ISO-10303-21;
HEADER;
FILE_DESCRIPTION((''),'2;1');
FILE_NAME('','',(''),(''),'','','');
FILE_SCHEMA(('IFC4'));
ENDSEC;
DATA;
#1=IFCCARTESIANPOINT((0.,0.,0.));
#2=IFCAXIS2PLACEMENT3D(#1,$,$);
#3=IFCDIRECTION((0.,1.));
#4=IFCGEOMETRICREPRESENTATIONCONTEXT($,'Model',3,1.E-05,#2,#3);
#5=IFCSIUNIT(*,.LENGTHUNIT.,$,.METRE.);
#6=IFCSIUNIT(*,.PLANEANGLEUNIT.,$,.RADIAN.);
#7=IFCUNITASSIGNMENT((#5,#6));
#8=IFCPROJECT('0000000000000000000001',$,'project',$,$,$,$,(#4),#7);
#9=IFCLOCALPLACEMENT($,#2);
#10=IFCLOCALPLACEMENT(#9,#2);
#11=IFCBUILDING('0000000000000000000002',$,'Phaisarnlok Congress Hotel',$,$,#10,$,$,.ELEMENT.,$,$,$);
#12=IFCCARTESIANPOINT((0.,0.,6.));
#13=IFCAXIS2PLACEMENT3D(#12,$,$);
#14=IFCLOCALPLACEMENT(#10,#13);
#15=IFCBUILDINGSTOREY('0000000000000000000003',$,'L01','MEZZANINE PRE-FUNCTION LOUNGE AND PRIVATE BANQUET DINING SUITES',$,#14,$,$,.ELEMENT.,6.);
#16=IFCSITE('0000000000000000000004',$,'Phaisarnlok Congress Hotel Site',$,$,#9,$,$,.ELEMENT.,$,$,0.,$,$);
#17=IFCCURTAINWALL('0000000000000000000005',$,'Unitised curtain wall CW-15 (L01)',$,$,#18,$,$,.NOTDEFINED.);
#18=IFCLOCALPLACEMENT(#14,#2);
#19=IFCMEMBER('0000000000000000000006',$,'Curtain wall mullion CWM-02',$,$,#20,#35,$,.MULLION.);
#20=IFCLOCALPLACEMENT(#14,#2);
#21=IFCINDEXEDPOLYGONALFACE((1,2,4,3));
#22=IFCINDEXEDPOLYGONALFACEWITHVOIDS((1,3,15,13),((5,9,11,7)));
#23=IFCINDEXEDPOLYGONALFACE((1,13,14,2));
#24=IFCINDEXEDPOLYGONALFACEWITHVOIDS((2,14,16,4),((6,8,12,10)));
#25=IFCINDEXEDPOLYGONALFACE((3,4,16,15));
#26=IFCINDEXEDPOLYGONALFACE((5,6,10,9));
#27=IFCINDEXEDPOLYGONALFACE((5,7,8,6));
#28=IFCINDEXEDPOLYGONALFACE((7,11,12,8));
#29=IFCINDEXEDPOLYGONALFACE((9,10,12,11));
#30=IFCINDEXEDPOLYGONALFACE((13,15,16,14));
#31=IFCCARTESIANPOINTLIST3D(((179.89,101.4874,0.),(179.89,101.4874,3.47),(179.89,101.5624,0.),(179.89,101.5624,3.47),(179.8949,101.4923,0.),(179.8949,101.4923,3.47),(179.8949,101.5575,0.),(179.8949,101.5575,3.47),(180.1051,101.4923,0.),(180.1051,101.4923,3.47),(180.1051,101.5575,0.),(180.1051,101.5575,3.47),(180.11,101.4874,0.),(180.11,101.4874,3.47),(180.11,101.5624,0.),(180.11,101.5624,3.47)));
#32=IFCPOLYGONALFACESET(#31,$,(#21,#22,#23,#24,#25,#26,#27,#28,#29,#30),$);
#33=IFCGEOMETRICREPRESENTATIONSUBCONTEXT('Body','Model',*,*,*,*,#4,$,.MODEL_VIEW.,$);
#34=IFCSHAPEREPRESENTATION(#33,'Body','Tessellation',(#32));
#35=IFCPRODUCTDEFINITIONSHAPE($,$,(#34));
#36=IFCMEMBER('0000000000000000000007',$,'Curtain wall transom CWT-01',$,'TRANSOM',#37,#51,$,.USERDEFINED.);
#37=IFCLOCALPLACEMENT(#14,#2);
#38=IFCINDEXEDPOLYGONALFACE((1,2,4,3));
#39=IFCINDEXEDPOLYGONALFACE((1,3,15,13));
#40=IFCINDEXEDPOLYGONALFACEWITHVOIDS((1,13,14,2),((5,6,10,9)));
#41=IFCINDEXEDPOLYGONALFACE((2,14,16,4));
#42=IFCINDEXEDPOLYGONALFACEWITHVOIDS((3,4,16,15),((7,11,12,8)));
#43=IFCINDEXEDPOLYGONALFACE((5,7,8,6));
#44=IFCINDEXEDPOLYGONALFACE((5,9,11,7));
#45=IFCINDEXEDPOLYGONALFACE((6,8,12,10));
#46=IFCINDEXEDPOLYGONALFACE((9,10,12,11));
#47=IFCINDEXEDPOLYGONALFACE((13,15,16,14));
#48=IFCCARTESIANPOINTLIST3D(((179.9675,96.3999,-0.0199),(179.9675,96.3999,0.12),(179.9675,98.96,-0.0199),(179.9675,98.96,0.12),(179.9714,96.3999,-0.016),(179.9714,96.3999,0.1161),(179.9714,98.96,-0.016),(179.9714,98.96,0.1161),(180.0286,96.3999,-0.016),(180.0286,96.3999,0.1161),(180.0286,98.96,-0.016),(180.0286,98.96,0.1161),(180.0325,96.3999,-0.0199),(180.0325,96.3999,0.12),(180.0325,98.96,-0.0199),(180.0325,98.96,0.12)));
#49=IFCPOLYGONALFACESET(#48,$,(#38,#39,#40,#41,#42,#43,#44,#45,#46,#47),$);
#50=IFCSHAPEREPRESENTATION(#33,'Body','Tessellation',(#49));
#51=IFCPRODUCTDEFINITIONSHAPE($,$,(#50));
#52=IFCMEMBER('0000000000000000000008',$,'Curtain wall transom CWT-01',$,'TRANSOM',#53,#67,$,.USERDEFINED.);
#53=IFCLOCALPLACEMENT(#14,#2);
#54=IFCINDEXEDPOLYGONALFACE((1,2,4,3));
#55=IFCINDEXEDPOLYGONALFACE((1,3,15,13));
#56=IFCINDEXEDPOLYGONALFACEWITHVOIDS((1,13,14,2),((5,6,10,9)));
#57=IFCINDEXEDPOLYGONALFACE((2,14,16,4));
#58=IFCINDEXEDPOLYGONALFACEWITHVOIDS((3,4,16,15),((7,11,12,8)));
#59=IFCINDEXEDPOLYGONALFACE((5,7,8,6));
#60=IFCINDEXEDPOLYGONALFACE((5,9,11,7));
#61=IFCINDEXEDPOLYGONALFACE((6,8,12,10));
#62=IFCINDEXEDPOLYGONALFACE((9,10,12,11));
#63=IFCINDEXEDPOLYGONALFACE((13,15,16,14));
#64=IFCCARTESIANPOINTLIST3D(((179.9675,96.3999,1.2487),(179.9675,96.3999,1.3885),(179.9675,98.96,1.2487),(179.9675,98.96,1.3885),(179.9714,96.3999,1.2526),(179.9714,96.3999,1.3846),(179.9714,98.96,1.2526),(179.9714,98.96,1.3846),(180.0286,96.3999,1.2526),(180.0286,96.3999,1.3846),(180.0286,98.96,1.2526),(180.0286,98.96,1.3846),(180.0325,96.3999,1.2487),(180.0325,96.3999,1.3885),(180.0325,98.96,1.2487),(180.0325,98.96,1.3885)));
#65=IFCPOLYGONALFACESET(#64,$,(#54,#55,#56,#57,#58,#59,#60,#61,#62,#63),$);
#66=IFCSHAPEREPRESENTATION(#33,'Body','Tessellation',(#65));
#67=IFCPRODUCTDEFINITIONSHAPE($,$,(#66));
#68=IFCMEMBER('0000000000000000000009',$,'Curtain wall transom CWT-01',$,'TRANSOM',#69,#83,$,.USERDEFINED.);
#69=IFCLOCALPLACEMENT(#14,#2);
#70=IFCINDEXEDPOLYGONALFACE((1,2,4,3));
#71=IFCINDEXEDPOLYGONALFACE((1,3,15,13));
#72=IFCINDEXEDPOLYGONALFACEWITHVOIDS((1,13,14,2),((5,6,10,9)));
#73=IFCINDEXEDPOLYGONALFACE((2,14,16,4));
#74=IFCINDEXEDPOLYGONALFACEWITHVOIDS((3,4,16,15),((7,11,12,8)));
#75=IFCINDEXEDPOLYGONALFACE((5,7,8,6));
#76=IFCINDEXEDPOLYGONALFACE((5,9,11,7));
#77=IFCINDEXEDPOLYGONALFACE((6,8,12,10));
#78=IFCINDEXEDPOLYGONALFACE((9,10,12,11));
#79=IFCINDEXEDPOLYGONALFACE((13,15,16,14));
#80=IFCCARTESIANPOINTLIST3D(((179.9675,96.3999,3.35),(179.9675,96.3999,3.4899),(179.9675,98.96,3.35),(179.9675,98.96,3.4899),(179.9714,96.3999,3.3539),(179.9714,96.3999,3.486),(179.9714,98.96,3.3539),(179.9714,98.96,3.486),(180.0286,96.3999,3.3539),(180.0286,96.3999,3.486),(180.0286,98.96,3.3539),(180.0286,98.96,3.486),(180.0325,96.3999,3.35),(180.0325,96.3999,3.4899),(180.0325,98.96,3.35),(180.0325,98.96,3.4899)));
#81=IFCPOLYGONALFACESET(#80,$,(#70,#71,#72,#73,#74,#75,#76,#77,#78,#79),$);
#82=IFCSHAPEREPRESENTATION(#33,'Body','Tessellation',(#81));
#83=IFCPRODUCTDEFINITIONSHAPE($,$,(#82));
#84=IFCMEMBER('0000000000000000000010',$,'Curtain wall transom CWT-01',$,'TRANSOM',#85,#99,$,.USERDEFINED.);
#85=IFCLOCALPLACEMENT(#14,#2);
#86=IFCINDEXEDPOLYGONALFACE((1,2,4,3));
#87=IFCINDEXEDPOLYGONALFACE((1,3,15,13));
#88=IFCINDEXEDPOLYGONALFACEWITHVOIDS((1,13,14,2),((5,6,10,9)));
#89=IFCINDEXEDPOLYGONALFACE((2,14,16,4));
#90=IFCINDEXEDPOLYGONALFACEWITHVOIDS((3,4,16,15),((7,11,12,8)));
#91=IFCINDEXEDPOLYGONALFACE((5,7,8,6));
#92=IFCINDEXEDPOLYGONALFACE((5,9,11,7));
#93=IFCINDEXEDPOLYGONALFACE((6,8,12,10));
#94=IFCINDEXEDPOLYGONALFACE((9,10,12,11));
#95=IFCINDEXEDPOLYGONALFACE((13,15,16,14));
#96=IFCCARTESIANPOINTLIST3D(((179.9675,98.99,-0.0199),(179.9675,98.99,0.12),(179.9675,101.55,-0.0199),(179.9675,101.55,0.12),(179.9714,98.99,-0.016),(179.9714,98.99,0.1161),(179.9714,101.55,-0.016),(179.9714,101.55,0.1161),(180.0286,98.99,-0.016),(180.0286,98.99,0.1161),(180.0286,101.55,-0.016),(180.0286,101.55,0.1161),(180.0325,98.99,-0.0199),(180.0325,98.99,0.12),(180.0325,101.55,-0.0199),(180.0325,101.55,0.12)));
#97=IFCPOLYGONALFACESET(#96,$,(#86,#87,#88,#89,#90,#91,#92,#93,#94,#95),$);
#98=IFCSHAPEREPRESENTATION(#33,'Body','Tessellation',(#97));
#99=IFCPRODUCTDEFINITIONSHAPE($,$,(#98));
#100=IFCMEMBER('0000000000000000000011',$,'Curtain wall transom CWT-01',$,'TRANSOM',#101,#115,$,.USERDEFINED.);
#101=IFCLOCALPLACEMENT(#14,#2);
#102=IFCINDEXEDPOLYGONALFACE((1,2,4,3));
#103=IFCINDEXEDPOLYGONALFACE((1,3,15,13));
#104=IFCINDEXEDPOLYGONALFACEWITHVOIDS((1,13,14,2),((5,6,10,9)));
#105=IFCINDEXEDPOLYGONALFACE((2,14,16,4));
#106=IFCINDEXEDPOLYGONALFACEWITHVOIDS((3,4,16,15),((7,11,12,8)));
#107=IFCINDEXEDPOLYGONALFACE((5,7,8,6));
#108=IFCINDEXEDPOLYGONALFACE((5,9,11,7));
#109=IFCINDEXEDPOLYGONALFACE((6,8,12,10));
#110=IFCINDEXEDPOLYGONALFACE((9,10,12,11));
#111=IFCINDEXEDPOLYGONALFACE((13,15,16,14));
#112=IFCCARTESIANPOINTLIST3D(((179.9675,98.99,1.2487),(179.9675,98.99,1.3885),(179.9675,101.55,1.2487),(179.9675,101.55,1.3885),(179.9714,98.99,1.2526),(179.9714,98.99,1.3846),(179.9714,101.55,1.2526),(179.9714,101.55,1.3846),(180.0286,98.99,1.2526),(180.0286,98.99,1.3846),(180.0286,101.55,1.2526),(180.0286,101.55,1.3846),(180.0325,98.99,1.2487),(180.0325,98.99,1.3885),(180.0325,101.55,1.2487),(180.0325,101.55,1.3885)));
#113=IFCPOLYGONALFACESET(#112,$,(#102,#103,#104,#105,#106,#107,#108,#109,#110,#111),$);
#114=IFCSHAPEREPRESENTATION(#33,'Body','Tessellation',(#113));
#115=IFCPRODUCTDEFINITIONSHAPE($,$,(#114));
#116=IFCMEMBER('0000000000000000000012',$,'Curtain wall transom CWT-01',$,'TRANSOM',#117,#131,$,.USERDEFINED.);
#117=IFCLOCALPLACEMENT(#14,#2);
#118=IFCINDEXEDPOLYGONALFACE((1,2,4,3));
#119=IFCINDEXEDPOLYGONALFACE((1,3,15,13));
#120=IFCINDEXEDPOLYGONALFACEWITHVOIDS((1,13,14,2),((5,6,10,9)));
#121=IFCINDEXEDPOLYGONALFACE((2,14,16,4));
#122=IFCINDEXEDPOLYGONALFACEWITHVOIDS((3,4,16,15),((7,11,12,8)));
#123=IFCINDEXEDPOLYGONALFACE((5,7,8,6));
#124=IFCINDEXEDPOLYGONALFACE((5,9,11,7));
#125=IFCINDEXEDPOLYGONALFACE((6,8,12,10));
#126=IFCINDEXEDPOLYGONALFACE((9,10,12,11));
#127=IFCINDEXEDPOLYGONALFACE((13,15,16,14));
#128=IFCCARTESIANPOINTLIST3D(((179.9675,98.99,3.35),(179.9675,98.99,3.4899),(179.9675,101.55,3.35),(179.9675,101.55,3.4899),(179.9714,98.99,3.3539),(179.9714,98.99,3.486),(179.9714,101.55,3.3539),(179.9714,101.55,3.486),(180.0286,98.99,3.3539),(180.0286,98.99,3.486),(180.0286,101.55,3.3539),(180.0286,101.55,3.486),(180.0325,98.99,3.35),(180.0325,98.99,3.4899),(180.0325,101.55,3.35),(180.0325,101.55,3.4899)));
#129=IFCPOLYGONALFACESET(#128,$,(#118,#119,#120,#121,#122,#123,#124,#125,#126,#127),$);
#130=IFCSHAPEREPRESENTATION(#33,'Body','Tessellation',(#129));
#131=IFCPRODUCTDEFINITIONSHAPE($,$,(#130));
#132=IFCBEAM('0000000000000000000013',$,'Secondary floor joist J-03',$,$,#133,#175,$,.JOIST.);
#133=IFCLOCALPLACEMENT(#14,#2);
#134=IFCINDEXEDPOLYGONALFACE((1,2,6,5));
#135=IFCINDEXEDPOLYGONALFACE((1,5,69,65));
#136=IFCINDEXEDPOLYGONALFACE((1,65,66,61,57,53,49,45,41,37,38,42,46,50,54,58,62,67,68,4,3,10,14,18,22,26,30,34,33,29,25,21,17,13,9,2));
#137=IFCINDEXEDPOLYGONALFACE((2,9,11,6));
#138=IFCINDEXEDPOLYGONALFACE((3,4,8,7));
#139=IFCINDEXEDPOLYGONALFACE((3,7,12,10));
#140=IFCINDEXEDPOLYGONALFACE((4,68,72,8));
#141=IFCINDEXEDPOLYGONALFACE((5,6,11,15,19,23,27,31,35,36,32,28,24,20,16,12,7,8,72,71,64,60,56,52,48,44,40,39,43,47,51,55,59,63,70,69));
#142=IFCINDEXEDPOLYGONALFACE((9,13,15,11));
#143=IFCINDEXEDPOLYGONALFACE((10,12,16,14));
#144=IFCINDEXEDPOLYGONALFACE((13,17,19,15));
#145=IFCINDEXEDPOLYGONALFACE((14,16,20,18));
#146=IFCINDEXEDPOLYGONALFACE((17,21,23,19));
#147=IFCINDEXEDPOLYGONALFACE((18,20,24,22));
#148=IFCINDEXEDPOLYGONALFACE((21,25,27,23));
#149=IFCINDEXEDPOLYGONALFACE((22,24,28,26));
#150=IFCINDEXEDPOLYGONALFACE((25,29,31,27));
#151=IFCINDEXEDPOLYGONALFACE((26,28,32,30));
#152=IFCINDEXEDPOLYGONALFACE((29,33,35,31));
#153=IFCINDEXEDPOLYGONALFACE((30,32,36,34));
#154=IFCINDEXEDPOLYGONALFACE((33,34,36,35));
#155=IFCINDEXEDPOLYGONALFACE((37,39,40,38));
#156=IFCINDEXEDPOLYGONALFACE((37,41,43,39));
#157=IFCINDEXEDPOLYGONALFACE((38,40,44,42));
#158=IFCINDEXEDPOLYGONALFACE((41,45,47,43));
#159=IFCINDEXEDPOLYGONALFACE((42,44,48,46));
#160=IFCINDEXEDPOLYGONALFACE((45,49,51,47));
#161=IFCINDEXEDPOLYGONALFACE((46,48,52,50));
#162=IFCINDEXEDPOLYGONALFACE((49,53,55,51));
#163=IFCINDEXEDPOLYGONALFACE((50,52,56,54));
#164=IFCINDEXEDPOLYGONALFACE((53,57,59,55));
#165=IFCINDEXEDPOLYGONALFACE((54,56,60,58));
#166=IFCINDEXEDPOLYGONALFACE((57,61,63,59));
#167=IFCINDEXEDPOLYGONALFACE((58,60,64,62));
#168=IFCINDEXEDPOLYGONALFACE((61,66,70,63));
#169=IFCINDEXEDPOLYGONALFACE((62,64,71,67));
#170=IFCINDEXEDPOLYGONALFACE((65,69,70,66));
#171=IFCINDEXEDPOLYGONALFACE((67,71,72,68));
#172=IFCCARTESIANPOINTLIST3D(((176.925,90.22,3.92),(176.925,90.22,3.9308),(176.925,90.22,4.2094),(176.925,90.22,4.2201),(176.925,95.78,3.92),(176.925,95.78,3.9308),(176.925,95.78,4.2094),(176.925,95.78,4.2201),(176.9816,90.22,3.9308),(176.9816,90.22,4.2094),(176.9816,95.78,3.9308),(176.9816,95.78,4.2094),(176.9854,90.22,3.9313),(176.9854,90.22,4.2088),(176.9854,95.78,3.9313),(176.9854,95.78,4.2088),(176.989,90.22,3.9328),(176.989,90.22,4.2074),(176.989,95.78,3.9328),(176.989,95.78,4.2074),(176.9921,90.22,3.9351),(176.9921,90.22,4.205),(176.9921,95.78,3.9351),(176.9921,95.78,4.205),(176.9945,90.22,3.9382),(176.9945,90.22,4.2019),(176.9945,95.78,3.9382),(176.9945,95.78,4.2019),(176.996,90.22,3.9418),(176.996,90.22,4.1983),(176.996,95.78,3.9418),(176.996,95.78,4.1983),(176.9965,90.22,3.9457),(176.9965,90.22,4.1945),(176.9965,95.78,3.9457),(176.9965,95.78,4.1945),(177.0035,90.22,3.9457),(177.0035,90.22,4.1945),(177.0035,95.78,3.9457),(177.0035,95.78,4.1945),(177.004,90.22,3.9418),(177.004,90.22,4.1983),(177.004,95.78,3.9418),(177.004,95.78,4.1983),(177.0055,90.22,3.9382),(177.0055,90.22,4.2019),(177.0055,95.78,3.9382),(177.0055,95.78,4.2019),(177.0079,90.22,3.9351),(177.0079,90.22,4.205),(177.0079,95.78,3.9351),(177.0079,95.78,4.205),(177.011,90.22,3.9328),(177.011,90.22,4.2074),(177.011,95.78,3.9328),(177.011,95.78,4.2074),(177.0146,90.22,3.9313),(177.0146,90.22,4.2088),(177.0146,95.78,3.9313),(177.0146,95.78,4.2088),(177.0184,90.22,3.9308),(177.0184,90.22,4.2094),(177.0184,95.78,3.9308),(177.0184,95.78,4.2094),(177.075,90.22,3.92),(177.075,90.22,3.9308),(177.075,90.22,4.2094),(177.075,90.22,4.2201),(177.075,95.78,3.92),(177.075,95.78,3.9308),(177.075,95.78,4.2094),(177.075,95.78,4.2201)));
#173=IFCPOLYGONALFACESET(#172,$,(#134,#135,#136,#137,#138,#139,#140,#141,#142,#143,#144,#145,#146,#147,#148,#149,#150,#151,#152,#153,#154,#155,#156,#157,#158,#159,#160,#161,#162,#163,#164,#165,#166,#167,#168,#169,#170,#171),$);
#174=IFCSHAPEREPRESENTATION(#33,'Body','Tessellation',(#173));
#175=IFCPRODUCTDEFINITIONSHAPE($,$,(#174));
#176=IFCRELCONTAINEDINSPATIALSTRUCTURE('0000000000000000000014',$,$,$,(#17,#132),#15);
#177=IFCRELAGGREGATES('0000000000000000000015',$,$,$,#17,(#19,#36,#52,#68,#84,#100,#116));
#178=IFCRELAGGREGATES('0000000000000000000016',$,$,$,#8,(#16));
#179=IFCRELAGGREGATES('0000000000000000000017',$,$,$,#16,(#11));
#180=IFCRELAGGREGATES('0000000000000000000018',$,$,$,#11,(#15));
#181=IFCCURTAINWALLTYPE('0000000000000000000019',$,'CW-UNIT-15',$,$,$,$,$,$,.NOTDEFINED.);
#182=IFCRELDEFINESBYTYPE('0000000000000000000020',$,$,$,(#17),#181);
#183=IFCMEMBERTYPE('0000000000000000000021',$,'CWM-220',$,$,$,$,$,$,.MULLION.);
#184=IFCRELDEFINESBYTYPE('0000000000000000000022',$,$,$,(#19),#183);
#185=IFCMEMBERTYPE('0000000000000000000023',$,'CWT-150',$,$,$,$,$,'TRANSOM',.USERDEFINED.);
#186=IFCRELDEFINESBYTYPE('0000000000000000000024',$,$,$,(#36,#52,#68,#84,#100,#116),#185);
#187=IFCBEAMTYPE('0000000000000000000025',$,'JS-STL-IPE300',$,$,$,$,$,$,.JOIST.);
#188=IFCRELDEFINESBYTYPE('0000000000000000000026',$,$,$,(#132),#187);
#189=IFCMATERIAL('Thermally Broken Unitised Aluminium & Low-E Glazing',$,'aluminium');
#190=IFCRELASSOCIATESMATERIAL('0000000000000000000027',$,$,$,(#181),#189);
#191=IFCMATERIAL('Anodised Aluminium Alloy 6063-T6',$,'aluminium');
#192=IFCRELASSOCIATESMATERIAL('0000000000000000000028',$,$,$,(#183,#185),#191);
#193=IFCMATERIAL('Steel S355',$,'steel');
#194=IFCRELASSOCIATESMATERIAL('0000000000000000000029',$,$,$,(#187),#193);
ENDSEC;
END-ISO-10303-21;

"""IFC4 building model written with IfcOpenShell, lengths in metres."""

from ifc_helpers import new_model, si_unit, direction, frame, origin, origin_2d, place, context, subcontext, project, spatial, hollow_rectangle, i_section, extrude, material, material_profile, profile_set, type_object, element, aggregate, save


model = new_model("IFC4")

# Units and contexts
model_context = context("Model", 3, precision=1e-05, world=origin(), true_north=direction((0.0, 1.0)))
body_context = subcontext(model_context, "Body", "Model", "MODEL_VIEW")
ifc_project = project(units=[si_unit("LENGTHUNIT", "METRE"), si_unit("PLANEANGLEUNIT", "RADIAN")], contexts=[model_context])

# Site, building, storey
site_placement = place(None, origin())
site = spatial("IfcSite", under=ifc_project, at=site_placement, Name="Phaisarnlok Congress Hotel Site", CompositionType="ELEMENT", RefElevation=0.0)
building_placement = place(site_placement, origin())
building = spatial("IfcBuilding", under=site, at=building_placement, Name="Phaisarnlok Congress Hotel", CompositionType="ELEMENT")
storey_placement = place(building_placement, frame((0.0, 0.0, 6.0)))
storey = spatial("IfcBuildingStorey", under=building, at=storey_placement, Name="L01", Description="MEZZANINE PRE-FUNCTION LOUNGE AND PRIVATE BANQUET DINING SUITES", CompositionType="ELEMENT", Elevation=6.0)

# Shared definitions
ifc_material_1 = material(Name="Steel S355", Category="steel")

# Curtain wall, members
ifc_material_2 = material(Name="Thermally Broken Unitised Aluminium & Low-E Glazing", Category="aluminium")
curtain_wall_type = type_object("IfcCurtainWallType", Name="CW-UNIT-15", PredefinedType="NOTDEFINED", material=ifc_material_2)
curtain_wall_placement = place(storey_placement, origin())
curtain_wall = element("IfcCurtainWall", 1, at=curtain_wall_placement, inside=storey, type_object=curtain_wall_type, Name="Unitised curtain wall CW-15 (L01)", PredefinedType="NOTDEFINED")
ifc_material_3 = material(Name="Anodised Aluminium Alloy 6063-T6", Category="aluminium")
ifc_material_profile_1 = material_profile(ifc_material_3, hollow_rectangle(XDim=0.075, YDim=0.22, WallThickness=0.0049, at=origin_2d()), Name="ALU-M 75x220x5")
ifc_profile_set_1 = profile_set([ifc_material_profile_1], Name="Anodised Aluminium Alloy 6063-T6")
member_type_1 = type_object("IfcMemberType", Name="CWM-220", PredefinedType="MULLION", material=ifc_profile_set_1)
member_1_placement = place(storey_placement, frame((180.0, 101.5249, 0.0), z_axis=(0.0, 0.0, 1.0), x_axis=(0.0, 1.0, 0.0)))
member_1 = element("IfcMember", 2, at=member_1_placement, type_object=member_type_1, Name="Curtain wall mullion CWM-02", PredefinedType="MULLION", context=body_context, shape_type="SweptSolid", body=[
    extrude(hollow_rectangle(XDim=0.075, YDim=0.22, WallThickness=0.0049, at=origin_2d()), origin(), (0.0, 0.0, 1.0), 3.47),
])
ifc_material_profile_2 = material_profile(ifc_material_3, hollow_rectangle(XDim=0.0649, YDim=0.1399, WallThickness=0.0039, at=origin_2d()), Name="ALU-T 65x140x4")
ifc_profile_set_2 = profile_set([ifc_material_profile_2], Name="Anodised Aluminium Alloy 6063-T6")
member_type_2 = type_object("IfcMemberType", Name="CWT-150", ElementType="TRANSOM", PredefinedType="USERDEFINED", material=ifc_profile_set_2)
member_2_placement = place(storey_placement, frame((180.0, 96.3999, 0.05), z_axis=(0.0, 1.0, 0.0), x_axis=(-1.0, 0.0, 0.0)))
member_2 = element("IfcMember", 3, at=member_2_placement, type_object=member_type_2, Name="Curtain wall transom CWT-01", ObjectType="TRANSOM", PredefinedType="USERDEFINED", context=body_context, shape_type="SweptSolid", body=[
    extrude(hollow_rectangle(XDim=0.0649, YDim=0.1399, WallThickness=0.0039, at=origin_2d()), origin(), (0.0, 0.0, 1.0), 2.5601),
])
member_3_placement = place(storey_placement, frame((180.0, 96.3999, 1.3186), z_axis=(0.0, 1.0, 0.0), x_axis=(-1.0, 0.0, 0.0)))
member_3 = element("IfcMember", 4, at=member_3_placement, type_object=member_type_2, Name="Curtain wall transom CWT-01", ObjectType="TRANSOM", PredefinedType="USERDEFINED", context=body_context, shape_type="SweptSolid", body=[
    extrude(hollow_rectangle(XDim=0.0649, YDim=0.1399, WallThickness=0.0039, at=origin_2d()), origin(), (0.0, 0.0, 1.0), 2.5601),
])
member_4_placement = place(storey_placement, frame((180.0, 96.3999, 3.4199), z_axis=(0.0, 1.0, 0.0), x_axis=(-1.0, 0.0, 0.0)))
member_4 = element("IfcMember", 5, at=member_4_placement, type_object=member_type_2, Name="Curtain wall transom CWT-01", ObjectType="TRANSOM", PredefinedType="USERDEFINED", context=body_context, shape_type="SweptSolid", body=[
    extrude(hollow_rectangle(XDim=0.0649, YDim=0.1399, WallThickness=0.0039, at=origin_2d()), origin(), (0.0, 0.0, 1.0), 2.5601),
])
member_5_placement = place(storey_placement, frame((180.0, 98.99, 0.05), z_axis=(0.0, 1.0, 0.0), x_axis=(-1.0, 0.0, 0.0)))
member_5 = element("IfcMember", 6, at=member_5_placement, type_object=member_type_2, Name="Curtain wall transom CWT-01", ObjectType="TRANSOM", PredefinedType="USERDEFINED", context=body_context, shape_type="SweptSolid", body=[
    extrude(hollow_rectangle(XDim=0.0649, YDim=0.1399, WallThickness=0.0039, at=origin_2d()), origin(), (0.0, 0.0, 1.0), 2.5601),
])
member_6_placement = place(storey_placement, frame((180.0, 98.99, 1.3186), z_axis=(0.0, 1.0, 0.0), x_axis=(-1.0, 0.0, 0.0)))
member_6 = element("IfcMember", 7, at=member_6_placement, type_object=member_type_2, Name="Curtain wall transom CWT-01", ObjectType="TRANSOM", PredefinedType="USERDEFINED", context=body_context, shape_type="SweptSolid", body=[
    extrude(hollow_rectangle(XDim=0.0649, YDim=0.1399, WallThickness=0.0039, at=origin_2d()), origin(), (0.0, 0.0, 1.0), 2.5601),
])
member_7_placement = place(storey_placement, frame((180.0, 98.99, 3.4199), z_axis=(0.0, 1.0, 0.0), x_axis=(-1.0, 0.0, 0.0)))
member_7 = element("IfcMember", 8, at=member_7_placement, type_object=member_type_2, Name="Curtain wall transom CWT-01", ObjectType="TRANSOM", PredefinedType="USERDEFINED", context=body_context, shape_type="SweptSolid", body=[
    extrude(hollow_rectangle(XDim=0.0649, YDim=0.1399, WallThickness=0.0039, at=origin_2d()), origin(), (0.0, 0.0, 1.0), 2.5601),
])

# Beam
ifc_material_profile_3 = material_profile(ifc_material_1, i_section(OverallWidth=0.1499, OverallDepth=0.3, WebThickness=0.0071, FlangeThickness=0.0107, FilletRadius=0.0149, at=origin_2d()), Name="IPE 300")
ifc_profile_set_3 = profile_set([ifc_material_profile_3], Name="Steel S355")
beam_type_1 = type_object("IfcBeamType", Name="JS-STL-IPE300", PredefinedType="JOIST", material=ifc_profile_set_3)
for number, where, z_axis, x_axis, name in (
    (9, (177.0, 90.22, 4.0701), (0.0, 1.0, 0.0), (-1.0, 0.0, 0.0), "Secondary floor joist J-03"),
):
    element("IfcBeam", number, at=place(storey_placement, frame(where, z_axis=z_axis, x_axis=x_axis)), inside=storey, type_object=beam_type_1, Name=name, PredefinedType="JOIST", context=body_context, shape_type="SweptSolid", body=[
        extrude(i_section(OverallWidth=0.1499, OverallDepth=0.3, WebThickness=0.0071, FlangeThickness=0.0107, FilletRadius=0.0149, at=origin_2d()), origin(), (0.0, 0.0, 1.0), 5.5601),
    ])

aggregate(curtain_wall, [member_1, member_2, member_3, member_4, member_5, member_6, member_7])

save(model, "model.ifc")
